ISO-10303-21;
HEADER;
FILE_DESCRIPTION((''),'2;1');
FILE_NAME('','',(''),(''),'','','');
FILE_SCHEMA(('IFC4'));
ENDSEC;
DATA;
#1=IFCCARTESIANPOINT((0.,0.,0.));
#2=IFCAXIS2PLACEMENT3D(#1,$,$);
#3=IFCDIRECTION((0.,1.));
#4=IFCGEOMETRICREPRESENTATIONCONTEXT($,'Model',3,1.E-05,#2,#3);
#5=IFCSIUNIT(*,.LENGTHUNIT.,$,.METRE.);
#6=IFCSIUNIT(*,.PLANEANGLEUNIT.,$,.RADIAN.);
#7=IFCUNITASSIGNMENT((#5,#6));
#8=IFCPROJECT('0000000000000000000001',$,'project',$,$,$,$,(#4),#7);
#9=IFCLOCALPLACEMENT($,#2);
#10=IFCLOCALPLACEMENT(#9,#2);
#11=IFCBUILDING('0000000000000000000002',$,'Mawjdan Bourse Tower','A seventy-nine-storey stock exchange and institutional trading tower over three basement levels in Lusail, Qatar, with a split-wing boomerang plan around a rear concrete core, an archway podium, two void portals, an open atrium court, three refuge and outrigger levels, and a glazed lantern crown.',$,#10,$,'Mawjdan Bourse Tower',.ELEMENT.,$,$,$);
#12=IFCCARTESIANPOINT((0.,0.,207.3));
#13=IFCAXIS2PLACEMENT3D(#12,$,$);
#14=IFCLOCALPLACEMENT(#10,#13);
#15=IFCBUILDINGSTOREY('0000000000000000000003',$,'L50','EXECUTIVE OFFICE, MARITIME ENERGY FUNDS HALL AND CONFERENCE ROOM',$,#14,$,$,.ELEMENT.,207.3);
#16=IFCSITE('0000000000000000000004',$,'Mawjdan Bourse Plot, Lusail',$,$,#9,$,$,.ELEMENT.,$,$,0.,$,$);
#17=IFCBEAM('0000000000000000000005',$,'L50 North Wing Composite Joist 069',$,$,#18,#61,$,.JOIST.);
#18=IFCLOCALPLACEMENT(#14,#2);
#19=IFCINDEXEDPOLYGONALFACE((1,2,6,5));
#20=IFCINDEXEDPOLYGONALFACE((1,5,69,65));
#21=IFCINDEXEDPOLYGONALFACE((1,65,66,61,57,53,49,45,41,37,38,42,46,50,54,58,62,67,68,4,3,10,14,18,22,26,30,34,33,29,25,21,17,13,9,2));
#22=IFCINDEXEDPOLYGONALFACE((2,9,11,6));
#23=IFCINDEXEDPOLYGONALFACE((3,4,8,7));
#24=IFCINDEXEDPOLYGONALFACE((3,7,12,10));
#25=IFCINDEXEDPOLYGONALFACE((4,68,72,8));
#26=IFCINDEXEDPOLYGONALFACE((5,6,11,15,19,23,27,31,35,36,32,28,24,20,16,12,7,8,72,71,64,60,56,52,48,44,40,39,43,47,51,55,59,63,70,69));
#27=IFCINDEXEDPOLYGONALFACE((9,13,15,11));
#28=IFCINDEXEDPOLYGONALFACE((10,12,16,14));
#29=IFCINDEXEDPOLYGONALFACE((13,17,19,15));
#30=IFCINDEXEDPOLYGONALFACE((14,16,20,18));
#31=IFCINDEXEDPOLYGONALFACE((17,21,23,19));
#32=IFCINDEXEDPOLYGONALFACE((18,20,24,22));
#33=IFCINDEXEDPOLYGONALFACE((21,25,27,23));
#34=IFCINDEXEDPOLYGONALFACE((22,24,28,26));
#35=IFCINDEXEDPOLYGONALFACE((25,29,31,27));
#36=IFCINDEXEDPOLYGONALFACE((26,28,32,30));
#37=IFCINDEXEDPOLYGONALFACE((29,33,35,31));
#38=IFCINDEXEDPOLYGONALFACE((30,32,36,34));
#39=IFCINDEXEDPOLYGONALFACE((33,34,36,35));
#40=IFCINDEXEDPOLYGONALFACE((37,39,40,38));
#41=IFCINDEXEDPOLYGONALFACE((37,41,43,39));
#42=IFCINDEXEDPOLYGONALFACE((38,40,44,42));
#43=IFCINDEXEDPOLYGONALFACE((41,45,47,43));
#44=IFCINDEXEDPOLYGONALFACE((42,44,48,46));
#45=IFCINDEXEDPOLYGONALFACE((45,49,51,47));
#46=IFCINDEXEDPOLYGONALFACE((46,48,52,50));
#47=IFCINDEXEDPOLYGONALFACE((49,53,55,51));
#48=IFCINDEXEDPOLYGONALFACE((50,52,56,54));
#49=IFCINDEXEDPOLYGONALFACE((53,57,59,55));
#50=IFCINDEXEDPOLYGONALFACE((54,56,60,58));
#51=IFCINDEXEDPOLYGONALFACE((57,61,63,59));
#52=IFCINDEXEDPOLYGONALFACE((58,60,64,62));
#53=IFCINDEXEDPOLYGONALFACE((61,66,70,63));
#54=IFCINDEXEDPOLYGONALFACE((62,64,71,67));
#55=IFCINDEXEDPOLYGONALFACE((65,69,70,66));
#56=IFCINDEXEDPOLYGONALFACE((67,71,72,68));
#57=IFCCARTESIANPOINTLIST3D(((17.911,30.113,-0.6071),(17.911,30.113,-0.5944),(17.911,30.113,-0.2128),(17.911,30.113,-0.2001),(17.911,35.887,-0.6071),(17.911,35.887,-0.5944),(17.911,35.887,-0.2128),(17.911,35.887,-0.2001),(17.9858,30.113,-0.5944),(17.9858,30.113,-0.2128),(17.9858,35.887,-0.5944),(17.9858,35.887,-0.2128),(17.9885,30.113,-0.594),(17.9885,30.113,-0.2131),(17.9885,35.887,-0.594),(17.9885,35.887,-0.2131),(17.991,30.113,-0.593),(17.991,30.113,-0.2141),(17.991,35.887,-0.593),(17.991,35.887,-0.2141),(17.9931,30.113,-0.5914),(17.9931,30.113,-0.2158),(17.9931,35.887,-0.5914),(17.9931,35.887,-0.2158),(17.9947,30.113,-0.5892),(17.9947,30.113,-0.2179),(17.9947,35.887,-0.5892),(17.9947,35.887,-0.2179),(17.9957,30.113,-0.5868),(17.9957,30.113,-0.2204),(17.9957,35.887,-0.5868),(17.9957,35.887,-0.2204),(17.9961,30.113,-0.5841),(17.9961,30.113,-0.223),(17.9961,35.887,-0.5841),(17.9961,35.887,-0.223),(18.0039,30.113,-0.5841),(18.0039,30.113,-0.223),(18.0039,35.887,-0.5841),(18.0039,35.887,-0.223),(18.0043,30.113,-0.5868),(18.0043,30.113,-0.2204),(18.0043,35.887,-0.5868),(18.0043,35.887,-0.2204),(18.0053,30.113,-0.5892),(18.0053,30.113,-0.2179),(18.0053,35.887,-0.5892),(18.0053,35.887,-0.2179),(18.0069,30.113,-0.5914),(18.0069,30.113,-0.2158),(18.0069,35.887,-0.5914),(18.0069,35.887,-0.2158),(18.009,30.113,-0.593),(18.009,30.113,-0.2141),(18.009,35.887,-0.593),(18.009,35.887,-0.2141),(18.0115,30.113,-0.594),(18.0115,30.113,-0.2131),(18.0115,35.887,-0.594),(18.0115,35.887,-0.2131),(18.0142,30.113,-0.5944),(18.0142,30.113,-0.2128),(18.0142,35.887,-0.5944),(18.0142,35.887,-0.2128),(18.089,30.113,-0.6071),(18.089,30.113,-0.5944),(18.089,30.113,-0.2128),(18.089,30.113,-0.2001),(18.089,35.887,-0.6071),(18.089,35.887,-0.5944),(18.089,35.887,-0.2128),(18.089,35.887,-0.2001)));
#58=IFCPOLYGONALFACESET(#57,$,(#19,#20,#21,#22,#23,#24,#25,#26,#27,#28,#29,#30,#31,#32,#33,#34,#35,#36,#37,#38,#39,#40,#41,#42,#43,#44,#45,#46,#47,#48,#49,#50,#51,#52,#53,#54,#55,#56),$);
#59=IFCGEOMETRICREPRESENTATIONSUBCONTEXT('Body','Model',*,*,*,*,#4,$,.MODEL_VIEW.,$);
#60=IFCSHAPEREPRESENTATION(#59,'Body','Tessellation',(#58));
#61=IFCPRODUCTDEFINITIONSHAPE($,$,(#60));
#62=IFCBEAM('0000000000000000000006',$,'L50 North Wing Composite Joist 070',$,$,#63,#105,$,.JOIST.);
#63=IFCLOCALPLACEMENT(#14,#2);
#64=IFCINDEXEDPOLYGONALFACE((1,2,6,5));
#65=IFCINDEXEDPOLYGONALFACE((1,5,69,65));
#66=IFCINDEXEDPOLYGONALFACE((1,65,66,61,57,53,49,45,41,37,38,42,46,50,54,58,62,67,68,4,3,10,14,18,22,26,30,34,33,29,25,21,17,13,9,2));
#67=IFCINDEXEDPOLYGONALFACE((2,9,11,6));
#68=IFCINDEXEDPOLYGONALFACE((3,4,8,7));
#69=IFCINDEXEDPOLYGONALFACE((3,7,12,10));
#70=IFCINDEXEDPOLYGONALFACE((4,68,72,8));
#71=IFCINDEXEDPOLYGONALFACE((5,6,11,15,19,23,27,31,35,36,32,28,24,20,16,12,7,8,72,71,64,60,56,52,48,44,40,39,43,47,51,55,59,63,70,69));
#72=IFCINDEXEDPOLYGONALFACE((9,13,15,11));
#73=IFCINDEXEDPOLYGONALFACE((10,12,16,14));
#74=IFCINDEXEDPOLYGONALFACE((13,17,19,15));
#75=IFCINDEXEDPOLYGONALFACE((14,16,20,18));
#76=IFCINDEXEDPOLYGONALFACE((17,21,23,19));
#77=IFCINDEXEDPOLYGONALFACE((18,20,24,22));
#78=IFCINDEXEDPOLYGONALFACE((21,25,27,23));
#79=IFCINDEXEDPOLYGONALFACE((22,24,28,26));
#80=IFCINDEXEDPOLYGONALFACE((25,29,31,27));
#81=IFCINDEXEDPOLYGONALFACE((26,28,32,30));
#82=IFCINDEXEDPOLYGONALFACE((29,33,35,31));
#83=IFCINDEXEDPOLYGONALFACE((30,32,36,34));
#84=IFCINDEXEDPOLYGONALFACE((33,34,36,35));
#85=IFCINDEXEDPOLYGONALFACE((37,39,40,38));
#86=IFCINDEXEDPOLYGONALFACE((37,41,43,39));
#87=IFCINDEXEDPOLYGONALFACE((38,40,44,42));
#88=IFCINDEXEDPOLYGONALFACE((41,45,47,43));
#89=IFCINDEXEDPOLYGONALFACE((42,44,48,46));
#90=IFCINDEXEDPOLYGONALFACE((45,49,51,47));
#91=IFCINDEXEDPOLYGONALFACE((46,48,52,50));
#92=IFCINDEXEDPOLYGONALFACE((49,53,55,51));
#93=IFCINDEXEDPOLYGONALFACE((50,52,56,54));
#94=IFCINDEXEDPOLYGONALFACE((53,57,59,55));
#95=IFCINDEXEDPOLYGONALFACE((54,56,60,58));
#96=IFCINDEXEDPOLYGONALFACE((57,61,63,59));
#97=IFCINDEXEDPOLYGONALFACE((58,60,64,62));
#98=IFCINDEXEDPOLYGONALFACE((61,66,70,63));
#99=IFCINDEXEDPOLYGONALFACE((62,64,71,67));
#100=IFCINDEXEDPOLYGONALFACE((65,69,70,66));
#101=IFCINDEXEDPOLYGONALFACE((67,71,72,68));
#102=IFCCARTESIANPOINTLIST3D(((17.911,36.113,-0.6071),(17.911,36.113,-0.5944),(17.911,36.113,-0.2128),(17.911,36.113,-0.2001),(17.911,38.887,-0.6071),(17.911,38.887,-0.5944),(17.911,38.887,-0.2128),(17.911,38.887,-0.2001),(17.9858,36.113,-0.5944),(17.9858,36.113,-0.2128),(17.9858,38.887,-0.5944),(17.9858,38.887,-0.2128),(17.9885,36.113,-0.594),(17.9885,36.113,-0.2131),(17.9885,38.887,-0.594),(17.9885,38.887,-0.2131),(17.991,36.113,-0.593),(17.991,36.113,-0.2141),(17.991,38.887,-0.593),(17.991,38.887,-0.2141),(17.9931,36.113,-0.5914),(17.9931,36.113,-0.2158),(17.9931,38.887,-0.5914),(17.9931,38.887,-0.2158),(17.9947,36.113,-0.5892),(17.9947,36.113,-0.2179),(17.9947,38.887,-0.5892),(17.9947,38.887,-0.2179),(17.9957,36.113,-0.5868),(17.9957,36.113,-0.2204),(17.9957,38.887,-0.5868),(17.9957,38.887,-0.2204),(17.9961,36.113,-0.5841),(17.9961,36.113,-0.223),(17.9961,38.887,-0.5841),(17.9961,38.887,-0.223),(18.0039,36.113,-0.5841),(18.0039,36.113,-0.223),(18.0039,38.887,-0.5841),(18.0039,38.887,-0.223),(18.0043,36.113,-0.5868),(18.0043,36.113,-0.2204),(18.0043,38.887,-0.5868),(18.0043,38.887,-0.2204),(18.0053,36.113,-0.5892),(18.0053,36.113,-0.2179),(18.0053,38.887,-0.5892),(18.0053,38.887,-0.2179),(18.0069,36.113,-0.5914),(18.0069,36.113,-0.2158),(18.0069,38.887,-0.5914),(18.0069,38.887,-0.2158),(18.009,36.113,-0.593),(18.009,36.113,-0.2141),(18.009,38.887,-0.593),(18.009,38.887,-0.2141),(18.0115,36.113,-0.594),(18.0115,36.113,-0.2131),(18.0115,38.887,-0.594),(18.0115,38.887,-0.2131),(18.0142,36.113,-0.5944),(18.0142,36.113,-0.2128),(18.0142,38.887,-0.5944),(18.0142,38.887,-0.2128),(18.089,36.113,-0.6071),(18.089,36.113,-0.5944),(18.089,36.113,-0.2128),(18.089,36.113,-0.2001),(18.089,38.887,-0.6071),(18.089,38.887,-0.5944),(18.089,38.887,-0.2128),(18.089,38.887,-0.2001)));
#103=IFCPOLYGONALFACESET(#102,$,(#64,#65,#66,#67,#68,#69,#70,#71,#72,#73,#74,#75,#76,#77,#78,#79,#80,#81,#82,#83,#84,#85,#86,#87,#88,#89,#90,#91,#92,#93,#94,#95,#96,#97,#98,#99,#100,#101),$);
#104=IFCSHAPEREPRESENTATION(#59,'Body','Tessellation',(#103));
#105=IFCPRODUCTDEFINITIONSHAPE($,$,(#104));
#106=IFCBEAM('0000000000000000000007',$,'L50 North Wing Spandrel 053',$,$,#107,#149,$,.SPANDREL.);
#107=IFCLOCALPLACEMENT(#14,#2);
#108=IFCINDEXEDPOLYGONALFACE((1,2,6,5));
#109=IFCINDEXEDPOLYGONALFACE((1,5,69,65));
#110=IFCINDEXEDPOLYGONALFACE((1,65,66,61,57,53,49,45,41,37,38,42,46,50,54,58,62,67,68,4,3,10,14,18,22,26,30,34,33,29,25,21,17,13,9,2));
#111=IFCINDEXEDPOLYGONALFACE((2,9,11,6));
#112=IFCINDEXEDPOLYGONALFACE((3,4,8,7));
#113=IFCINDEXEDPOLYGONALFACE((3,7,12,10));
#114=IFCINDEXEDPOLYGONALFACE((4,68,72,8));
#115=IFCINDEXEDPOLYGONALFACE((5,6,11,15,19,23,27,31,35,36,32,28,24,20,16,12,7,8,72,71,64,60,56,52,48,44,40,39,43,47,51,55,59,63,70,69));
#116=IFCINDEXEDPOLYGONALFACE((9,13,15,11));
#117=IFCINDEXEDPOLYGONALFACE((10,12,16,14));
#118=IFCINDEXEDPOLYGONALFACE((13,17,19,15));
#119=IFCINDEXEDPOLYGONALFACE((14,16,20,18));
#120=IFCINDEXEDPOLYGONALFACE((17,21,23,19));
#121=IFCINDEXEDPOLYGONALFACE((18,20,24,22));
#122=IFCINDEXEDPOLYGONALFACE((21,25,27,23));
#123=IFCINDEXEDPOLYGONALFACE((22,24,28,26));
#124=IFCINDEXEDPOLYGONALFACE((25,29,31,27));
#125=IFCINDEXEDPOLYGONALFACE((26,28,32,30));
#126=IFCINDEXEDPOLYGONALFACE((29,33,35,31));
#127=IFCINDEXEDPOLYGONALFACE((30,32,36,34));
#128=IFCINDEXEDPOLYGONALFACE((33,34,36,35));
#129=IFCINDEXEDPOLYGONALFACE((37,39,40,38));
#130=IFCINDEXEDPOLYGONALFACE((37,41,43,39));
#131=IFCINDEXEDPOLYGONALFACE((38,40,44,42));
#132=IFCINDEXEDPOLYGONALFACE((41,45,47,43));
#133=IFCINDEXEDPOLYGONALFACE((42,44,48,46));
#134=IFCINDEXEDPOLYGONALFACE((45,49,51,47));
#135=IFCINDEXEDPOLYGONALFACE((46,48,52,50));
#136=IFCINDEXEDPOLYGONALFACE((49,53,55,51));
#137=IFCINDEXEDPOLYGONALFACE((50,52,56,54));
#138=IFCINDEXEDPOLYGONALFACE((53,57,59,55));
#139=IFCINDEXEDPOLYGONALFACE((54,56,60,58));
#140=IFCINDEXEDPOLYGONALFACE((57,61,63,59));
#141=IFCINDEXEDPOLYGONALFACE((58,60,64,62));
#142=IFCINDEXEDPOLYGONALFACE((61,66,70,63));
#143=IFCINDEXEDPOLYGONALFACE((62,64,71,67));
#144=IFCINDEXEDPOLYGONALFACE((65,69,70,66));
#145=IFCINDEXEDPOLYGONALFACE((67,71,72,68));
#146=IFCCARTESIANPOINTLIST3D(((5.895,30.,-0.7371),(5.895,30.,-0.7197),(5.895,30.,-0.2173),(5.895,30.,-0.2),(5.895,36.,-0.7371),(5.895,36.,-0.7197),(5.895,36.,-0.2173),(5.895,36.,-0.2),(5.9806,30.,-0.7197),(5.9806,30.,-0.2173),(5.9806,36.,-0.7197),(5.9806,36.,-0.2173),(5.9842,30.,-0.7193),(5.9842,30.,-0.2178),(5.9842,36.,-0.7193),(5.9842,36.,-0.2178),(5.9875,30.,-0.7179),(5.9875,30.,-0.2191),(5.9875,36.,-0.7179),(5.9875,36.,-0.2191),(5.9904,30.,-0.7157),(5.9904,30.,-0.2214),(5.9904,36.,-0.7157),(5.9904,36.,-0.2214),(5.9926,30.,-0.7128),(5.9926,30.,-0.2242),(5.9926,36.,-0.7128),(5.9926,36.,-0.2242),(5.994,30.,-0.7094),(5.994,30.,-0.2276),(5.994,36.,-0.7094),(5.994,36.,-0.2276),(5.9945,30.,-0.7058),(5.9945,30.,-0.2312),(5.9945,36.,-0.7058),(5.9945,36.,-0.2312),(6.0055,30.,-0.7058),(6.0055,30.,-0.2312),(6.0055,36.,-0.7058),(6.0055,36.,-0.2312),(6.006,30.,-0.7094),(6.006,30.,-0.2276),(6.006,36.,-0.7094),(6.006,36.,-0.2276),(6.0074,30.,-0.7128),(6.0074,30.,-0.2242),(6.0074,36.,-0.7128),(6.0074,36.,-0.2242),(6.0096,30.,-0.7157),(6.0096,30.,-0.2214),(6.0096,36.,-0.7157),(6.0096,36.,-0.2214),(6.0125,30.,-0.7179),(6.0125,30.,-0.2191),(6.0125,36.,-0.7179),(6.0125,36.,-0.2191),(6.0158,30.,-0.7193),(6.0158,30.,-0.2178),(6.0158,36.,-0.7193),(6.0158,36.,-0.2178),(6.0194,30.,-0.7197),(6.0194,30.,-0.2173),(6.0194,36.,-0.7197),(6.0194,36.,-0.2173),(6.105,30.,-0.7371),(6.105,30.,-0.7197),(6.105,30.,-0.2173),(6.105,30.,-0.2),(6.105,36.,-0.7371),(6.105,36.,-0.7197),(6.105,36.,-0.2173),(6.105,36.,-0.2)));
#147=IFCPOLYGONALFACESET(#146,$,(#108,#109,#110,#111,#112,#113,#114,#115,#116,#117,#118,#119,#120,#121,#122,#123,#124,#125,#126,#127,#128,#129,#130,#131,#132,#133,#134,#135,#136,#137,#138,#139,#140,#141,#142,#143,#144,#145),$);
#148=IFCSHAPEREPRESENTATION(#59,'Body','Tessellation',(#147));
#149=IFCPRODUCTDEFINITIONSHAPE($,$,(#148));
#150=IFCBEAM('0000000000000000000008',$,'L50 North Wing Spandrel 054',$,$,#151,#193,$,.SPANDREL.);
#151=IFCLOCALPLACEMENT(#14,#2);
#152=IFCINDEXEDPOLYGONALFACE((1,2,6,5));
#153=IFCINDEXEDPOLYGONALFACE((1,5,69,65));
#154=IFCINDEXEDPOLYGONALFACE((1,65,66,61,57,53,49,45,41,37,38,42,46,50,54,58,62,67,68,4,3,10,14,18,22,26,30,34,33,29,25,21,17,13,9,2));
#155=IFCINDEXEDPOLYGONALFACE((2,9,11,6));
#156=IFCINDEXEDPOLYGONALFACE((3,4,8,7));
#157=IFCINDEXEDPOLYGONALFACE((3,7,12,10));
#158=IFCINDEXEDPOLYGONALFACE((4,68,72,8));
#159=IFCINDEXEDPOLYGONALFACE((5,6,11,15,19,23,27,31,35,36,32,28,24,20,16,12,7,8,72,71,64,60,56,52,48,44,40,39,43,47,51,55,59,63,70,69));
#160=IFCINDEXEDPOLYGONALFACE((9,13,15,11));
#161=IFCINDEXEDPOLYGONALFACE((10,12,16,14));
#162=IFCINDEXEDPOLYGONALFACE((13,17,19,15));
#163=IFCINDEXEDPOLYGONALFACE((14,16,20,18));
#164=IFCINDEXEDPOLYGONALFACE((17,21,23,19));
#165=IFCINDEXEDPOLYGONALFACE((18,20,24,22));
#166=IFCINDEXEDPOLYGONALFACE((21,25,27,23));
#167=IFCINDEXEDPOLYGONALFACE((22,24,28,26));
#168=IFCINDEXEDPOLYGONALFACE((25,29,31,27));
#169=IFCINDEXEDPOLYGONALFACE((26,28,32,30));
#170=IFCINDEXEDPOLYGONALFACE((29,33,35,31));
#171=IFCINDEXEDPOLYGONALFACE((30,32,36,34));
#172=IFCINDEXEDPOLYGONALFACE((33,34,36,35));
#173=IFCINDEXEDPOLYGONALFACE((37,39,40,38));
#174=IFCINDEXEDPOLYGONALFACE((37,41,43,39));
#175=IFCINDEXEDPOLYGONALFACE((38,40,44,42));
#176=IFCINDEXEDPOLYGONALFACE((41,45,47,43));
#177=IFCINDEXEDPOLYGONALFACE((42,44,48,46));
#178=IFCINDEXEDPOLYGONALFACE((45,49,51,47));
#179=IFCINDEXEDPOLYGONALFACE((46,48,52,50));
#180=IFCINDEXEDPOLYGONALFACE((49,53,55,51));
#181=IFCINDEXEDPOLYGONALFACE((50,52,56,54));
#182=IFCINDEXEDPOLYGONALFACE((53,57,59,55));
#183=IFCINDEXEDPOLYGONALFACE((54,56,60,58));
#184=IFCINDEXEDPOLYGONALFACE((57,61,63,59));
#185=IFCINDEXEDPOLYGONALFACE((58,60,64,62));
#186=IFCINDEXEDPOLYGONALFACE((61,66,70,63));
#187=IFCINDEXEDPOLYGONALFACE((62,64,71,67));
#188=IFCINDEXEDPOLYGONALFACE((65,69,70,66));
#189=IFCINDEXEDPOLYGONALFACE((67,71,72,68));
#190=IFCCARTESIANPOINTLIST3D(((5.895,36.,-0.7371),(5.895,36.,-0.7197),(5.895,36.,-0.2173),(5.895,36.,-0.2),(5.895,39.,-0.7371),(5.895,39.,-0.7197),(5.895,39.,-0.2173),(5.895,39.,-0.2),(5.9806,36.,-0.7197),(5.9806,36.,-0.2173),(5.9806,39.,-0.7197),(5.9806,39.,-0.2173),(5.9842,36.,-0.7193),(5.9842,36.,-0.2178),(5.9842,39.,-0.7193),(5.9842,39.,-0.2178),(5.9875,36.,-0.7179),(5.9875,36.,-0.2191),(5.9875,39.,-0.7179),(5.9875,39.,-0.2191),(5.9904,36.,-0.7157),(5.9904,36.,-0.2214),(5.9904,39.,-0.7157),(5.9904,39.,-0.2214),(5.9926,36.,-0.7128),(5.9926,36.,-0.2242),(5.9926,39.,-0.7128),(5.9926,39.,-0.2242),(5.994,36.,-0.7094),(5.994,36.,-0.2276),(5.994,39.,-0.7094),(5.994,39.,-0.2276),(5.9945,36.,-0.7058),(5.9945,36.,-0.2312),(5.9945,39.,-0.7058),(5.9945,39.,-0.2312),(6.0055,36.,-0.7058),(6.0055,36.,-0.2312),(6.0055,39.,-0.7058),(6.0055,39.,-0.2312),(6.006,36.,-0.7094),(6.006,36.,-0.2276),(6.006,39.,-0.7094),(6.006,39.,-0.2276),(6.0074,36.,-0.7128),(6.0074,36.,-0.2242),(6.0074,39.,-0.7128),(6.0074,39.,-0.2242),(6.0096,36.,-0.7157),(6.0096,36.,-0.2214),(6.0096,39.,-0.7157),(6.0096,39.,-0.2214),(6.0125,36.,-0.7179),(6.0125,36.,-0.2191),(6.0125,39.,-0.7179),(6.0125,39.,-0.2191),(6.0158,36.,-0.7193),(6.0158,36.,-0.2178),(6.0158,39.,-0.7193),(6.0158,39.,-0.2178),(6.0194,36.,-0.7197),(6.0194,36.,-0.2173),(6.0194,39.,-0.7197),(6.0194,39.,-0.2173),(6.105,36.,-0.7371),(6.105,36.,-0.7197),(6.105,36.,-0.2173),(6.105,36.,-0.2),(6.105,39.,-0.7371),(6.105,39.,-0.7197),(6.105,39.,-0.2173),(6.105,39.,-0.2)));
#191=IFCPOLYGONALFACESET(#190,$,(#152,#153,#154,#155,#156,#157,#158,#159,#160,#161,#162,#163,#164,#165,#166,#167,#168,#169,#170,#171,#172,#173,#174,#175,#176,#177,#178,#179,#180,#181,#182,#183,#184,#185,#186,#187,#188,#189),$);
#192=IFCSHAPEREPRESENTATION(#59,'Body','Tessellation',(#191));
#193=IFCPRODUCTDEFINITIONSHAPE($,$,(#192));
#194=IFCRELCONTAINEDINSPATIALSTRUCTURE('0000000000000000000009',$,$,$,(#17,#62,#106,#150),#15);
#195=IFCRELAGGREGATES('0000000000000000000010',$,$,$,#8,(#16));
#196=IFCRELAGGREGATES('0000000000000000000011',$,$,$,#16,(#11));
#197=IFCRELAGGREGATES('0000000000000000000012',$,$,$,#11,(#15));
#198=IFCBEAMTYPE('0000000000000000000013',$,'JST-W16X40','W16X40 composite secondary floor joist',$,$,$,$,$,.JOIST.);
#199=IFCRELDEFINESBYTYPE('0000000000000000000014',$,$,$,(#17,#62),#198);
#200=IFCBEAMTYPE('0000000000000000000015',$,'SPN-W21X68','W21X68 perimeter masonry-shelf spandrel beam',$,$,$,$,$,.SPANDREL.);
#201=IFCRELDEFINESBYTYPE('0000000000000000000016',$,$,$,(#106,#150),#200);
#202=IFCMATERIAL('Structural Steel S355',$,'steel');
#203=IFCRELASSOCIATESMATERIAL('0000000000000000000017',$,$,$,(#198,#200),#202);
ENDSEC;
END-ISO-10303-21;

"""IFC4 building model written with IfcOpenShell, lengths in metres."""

from ifc_helpers import new_model, si_unit, direction, frame, origin, origin_2d, place, context, subcontext, project, spatial, i_section, extrude, material, material_profile, profile_set, type_object, element, save


model = new_model("IFC4")

# Units and contexts
model_context = context("Model", 3, precision=1e-05, world=origin(), true_north=direction((0.0, 1.0)))
body_context = subcontext(model_context, "Body", "Model", "MODEL_VIEW")
ifc_project = project(units=[si_unit("LENGTHUNIT", "METRE"), si_unit("PLANEANGLEUNIT", "RADIAN")], contexts=[model_context])

# Site, building, storey
site_placement = place(None, origin())
site = spatial("IfcSite", under=ifc_project, at=site_placement, Name="Mawjdan Bourse Plot, Lusail", CompositionType="ELEMENT", RefElevation=0.0)
building_placement = place(site_placement, origin())
building = spatial("IfcBuilding", under=site, at=building_placement, Name="Mawjdan Bourse Tower", Description="A seventy-nine-storey stock exchange and institutional trading tower over three basement levels in Lusail, Qatar, with a split-wing boomerang plan around a rear concrete core, an archway podium, two void portals, an open atrium court, three refuge and outrigger levels, and a glazed lantern crown.", LongName="Mawjdan Bourse Tower", CompositionType="ELEMENT")
storey_placement = place(building_placement, frame((0.0, 0.0, 207.3)))
storey = spatial("IfcBuildingStorey", under=building, at=storey_placement, Name="L50", Description="EXECUTIVE OFFICE, MARITIME ENERGY FUNDS HALL AND CONFERENCE ROOM", CompositionType="ELEMENT", Elevation=207.3)

# Beams
ifc_material_1 = material(Name="Structural Steel S355", Category="steel")
ifc_material_profile_1 = material_profile(ifc_material_1, i_section(OverallWidth=0.178, OverallDepth=0.407, WebThickness=0.0078, FlangeThickness=0.0127, FilletRadius=0.0103, at=origin_2d()), Name="W16X40")
ifc_profile_set_1 = profile_set([ifc_material_profile_1], Name="Structural Steel S355")
beam_type_1 = type_object("IfcBeamType", Name="JST-W16X40", Description="W16X40 composite secondary floor joist", PredefinedType="JOIST", material=ifc_profile_set_1)
beam_1_placement = place(storey_placement, frame((18.0, 30.113, -0.4036), z_axis=(0.0, 1.0, 0.0), x_axis=(-1.0, 0.0, 0.0)))
element("IfcBeam", 1, at=beam_1_placement, inside=storey, type_object=beam_type_1, Name="L50 North Wing Composite Joist 069", PredefinedType="JOIST", context=body_context, shape_type="SweptSolid", body=[
    extrude(i_section(OverallWidth=0.178, OverallDepth=0.407, WebThickness=0.0078, FlangeThickness=0.0127, FilletRadius=0.0103, at=origin_2d()), origin(), (0.0, 0.0, 1.0), 5.7739),
])
beam_2_placement = place(storey_placement, frame((18.0, 36.113, -0.4036), z_axis=(0.0, 1.0, 0.0), x_axis=(-1.0, 0.0, 0.0)))
element("IfcBeam", 2, at=beam_2_placement, inside=storey, type_object=beam_type_1, Name="L50 North Wing Composite Joist 070", PredefinedType="JOIST", context=body_context, shape_type="SweptSolid", body=[
    extrude(i_section(OverallWidth=0.178, OverallDepth=0.407, WebThickness=0.0078, FlangeThickness=0.0127, FilletRadius=0.0103, at=origin_2d()), origin(), (0.0, 0.0, 1.0), 2.7739),
])
ifc_material_profile_2 = material_profile(ifc_material_1, i_section(OverallWidth=0.21, OverallDepth=0.5371, WebThickness=0.011, FlangeThickness=0.0173, FilletRadius=0.0139, at=origin_2d()), Name="W21X68")
ifc_profile_set_2 = profile_set([ifc_material_profile_2], Name="Structural Steel S355")
beam_type_2 = type_object("IfcBeamType", Name="SPN-W21X68", Description="W21X68 perimeter masonry-shelf spandrel beam", PredefinedType="SPANDREL", material=ifc_profile_set_2)
beam_3_placement = place(storey_placement, frame((6.0, 30.0, -0.4685), z_axis=(0.0, 1.0, 0.0), x_axis=(-1.0, 0.0, 0.0)))
element("IfcBeam", 3, at=beam_3_placement, inside=storey, type_object=beam_type_2, Name="L50 North Wing Spandrel 053", PredefinedType="SPANDREL", context=body_context, shape_type="SweptSolid", body=[
    extrude(i_section(OverallWidth=0.21, OverallDepth=0.5371, WebThickness=0.011, FlangeThickness=0.0173, FilletRadius=0.0139, at=origin_2d()), origin(), (0.0, 0.0, 1.0), 6.0),
])
beam_4_placement = place(storey_placement, frame((6.0, 36.0, -0.4685), z_axis=(0.0, 1.0, 0.0), x_axis=(-1.0, 0.0, 0.0)))
element("IfcBeam", 4, at=beam_4_placement, inside=storey, type_object=beam_type_2, Name="L50 North Wing Spandrel 054", PredefinedType="SPANDREL", context=body_context, shape_type="SweptSolid", body=[
    extrude(i_section(OverallWidth=0.21, OverallDepth=0.5371, WebThickness=0.011, FlangeThickness=0.0173, FilletRadius=0.0139, at=origin_2d()), origin(), (0.0, 0.0, 1.0), 3.0),
])

save(model, "model.ifc")
